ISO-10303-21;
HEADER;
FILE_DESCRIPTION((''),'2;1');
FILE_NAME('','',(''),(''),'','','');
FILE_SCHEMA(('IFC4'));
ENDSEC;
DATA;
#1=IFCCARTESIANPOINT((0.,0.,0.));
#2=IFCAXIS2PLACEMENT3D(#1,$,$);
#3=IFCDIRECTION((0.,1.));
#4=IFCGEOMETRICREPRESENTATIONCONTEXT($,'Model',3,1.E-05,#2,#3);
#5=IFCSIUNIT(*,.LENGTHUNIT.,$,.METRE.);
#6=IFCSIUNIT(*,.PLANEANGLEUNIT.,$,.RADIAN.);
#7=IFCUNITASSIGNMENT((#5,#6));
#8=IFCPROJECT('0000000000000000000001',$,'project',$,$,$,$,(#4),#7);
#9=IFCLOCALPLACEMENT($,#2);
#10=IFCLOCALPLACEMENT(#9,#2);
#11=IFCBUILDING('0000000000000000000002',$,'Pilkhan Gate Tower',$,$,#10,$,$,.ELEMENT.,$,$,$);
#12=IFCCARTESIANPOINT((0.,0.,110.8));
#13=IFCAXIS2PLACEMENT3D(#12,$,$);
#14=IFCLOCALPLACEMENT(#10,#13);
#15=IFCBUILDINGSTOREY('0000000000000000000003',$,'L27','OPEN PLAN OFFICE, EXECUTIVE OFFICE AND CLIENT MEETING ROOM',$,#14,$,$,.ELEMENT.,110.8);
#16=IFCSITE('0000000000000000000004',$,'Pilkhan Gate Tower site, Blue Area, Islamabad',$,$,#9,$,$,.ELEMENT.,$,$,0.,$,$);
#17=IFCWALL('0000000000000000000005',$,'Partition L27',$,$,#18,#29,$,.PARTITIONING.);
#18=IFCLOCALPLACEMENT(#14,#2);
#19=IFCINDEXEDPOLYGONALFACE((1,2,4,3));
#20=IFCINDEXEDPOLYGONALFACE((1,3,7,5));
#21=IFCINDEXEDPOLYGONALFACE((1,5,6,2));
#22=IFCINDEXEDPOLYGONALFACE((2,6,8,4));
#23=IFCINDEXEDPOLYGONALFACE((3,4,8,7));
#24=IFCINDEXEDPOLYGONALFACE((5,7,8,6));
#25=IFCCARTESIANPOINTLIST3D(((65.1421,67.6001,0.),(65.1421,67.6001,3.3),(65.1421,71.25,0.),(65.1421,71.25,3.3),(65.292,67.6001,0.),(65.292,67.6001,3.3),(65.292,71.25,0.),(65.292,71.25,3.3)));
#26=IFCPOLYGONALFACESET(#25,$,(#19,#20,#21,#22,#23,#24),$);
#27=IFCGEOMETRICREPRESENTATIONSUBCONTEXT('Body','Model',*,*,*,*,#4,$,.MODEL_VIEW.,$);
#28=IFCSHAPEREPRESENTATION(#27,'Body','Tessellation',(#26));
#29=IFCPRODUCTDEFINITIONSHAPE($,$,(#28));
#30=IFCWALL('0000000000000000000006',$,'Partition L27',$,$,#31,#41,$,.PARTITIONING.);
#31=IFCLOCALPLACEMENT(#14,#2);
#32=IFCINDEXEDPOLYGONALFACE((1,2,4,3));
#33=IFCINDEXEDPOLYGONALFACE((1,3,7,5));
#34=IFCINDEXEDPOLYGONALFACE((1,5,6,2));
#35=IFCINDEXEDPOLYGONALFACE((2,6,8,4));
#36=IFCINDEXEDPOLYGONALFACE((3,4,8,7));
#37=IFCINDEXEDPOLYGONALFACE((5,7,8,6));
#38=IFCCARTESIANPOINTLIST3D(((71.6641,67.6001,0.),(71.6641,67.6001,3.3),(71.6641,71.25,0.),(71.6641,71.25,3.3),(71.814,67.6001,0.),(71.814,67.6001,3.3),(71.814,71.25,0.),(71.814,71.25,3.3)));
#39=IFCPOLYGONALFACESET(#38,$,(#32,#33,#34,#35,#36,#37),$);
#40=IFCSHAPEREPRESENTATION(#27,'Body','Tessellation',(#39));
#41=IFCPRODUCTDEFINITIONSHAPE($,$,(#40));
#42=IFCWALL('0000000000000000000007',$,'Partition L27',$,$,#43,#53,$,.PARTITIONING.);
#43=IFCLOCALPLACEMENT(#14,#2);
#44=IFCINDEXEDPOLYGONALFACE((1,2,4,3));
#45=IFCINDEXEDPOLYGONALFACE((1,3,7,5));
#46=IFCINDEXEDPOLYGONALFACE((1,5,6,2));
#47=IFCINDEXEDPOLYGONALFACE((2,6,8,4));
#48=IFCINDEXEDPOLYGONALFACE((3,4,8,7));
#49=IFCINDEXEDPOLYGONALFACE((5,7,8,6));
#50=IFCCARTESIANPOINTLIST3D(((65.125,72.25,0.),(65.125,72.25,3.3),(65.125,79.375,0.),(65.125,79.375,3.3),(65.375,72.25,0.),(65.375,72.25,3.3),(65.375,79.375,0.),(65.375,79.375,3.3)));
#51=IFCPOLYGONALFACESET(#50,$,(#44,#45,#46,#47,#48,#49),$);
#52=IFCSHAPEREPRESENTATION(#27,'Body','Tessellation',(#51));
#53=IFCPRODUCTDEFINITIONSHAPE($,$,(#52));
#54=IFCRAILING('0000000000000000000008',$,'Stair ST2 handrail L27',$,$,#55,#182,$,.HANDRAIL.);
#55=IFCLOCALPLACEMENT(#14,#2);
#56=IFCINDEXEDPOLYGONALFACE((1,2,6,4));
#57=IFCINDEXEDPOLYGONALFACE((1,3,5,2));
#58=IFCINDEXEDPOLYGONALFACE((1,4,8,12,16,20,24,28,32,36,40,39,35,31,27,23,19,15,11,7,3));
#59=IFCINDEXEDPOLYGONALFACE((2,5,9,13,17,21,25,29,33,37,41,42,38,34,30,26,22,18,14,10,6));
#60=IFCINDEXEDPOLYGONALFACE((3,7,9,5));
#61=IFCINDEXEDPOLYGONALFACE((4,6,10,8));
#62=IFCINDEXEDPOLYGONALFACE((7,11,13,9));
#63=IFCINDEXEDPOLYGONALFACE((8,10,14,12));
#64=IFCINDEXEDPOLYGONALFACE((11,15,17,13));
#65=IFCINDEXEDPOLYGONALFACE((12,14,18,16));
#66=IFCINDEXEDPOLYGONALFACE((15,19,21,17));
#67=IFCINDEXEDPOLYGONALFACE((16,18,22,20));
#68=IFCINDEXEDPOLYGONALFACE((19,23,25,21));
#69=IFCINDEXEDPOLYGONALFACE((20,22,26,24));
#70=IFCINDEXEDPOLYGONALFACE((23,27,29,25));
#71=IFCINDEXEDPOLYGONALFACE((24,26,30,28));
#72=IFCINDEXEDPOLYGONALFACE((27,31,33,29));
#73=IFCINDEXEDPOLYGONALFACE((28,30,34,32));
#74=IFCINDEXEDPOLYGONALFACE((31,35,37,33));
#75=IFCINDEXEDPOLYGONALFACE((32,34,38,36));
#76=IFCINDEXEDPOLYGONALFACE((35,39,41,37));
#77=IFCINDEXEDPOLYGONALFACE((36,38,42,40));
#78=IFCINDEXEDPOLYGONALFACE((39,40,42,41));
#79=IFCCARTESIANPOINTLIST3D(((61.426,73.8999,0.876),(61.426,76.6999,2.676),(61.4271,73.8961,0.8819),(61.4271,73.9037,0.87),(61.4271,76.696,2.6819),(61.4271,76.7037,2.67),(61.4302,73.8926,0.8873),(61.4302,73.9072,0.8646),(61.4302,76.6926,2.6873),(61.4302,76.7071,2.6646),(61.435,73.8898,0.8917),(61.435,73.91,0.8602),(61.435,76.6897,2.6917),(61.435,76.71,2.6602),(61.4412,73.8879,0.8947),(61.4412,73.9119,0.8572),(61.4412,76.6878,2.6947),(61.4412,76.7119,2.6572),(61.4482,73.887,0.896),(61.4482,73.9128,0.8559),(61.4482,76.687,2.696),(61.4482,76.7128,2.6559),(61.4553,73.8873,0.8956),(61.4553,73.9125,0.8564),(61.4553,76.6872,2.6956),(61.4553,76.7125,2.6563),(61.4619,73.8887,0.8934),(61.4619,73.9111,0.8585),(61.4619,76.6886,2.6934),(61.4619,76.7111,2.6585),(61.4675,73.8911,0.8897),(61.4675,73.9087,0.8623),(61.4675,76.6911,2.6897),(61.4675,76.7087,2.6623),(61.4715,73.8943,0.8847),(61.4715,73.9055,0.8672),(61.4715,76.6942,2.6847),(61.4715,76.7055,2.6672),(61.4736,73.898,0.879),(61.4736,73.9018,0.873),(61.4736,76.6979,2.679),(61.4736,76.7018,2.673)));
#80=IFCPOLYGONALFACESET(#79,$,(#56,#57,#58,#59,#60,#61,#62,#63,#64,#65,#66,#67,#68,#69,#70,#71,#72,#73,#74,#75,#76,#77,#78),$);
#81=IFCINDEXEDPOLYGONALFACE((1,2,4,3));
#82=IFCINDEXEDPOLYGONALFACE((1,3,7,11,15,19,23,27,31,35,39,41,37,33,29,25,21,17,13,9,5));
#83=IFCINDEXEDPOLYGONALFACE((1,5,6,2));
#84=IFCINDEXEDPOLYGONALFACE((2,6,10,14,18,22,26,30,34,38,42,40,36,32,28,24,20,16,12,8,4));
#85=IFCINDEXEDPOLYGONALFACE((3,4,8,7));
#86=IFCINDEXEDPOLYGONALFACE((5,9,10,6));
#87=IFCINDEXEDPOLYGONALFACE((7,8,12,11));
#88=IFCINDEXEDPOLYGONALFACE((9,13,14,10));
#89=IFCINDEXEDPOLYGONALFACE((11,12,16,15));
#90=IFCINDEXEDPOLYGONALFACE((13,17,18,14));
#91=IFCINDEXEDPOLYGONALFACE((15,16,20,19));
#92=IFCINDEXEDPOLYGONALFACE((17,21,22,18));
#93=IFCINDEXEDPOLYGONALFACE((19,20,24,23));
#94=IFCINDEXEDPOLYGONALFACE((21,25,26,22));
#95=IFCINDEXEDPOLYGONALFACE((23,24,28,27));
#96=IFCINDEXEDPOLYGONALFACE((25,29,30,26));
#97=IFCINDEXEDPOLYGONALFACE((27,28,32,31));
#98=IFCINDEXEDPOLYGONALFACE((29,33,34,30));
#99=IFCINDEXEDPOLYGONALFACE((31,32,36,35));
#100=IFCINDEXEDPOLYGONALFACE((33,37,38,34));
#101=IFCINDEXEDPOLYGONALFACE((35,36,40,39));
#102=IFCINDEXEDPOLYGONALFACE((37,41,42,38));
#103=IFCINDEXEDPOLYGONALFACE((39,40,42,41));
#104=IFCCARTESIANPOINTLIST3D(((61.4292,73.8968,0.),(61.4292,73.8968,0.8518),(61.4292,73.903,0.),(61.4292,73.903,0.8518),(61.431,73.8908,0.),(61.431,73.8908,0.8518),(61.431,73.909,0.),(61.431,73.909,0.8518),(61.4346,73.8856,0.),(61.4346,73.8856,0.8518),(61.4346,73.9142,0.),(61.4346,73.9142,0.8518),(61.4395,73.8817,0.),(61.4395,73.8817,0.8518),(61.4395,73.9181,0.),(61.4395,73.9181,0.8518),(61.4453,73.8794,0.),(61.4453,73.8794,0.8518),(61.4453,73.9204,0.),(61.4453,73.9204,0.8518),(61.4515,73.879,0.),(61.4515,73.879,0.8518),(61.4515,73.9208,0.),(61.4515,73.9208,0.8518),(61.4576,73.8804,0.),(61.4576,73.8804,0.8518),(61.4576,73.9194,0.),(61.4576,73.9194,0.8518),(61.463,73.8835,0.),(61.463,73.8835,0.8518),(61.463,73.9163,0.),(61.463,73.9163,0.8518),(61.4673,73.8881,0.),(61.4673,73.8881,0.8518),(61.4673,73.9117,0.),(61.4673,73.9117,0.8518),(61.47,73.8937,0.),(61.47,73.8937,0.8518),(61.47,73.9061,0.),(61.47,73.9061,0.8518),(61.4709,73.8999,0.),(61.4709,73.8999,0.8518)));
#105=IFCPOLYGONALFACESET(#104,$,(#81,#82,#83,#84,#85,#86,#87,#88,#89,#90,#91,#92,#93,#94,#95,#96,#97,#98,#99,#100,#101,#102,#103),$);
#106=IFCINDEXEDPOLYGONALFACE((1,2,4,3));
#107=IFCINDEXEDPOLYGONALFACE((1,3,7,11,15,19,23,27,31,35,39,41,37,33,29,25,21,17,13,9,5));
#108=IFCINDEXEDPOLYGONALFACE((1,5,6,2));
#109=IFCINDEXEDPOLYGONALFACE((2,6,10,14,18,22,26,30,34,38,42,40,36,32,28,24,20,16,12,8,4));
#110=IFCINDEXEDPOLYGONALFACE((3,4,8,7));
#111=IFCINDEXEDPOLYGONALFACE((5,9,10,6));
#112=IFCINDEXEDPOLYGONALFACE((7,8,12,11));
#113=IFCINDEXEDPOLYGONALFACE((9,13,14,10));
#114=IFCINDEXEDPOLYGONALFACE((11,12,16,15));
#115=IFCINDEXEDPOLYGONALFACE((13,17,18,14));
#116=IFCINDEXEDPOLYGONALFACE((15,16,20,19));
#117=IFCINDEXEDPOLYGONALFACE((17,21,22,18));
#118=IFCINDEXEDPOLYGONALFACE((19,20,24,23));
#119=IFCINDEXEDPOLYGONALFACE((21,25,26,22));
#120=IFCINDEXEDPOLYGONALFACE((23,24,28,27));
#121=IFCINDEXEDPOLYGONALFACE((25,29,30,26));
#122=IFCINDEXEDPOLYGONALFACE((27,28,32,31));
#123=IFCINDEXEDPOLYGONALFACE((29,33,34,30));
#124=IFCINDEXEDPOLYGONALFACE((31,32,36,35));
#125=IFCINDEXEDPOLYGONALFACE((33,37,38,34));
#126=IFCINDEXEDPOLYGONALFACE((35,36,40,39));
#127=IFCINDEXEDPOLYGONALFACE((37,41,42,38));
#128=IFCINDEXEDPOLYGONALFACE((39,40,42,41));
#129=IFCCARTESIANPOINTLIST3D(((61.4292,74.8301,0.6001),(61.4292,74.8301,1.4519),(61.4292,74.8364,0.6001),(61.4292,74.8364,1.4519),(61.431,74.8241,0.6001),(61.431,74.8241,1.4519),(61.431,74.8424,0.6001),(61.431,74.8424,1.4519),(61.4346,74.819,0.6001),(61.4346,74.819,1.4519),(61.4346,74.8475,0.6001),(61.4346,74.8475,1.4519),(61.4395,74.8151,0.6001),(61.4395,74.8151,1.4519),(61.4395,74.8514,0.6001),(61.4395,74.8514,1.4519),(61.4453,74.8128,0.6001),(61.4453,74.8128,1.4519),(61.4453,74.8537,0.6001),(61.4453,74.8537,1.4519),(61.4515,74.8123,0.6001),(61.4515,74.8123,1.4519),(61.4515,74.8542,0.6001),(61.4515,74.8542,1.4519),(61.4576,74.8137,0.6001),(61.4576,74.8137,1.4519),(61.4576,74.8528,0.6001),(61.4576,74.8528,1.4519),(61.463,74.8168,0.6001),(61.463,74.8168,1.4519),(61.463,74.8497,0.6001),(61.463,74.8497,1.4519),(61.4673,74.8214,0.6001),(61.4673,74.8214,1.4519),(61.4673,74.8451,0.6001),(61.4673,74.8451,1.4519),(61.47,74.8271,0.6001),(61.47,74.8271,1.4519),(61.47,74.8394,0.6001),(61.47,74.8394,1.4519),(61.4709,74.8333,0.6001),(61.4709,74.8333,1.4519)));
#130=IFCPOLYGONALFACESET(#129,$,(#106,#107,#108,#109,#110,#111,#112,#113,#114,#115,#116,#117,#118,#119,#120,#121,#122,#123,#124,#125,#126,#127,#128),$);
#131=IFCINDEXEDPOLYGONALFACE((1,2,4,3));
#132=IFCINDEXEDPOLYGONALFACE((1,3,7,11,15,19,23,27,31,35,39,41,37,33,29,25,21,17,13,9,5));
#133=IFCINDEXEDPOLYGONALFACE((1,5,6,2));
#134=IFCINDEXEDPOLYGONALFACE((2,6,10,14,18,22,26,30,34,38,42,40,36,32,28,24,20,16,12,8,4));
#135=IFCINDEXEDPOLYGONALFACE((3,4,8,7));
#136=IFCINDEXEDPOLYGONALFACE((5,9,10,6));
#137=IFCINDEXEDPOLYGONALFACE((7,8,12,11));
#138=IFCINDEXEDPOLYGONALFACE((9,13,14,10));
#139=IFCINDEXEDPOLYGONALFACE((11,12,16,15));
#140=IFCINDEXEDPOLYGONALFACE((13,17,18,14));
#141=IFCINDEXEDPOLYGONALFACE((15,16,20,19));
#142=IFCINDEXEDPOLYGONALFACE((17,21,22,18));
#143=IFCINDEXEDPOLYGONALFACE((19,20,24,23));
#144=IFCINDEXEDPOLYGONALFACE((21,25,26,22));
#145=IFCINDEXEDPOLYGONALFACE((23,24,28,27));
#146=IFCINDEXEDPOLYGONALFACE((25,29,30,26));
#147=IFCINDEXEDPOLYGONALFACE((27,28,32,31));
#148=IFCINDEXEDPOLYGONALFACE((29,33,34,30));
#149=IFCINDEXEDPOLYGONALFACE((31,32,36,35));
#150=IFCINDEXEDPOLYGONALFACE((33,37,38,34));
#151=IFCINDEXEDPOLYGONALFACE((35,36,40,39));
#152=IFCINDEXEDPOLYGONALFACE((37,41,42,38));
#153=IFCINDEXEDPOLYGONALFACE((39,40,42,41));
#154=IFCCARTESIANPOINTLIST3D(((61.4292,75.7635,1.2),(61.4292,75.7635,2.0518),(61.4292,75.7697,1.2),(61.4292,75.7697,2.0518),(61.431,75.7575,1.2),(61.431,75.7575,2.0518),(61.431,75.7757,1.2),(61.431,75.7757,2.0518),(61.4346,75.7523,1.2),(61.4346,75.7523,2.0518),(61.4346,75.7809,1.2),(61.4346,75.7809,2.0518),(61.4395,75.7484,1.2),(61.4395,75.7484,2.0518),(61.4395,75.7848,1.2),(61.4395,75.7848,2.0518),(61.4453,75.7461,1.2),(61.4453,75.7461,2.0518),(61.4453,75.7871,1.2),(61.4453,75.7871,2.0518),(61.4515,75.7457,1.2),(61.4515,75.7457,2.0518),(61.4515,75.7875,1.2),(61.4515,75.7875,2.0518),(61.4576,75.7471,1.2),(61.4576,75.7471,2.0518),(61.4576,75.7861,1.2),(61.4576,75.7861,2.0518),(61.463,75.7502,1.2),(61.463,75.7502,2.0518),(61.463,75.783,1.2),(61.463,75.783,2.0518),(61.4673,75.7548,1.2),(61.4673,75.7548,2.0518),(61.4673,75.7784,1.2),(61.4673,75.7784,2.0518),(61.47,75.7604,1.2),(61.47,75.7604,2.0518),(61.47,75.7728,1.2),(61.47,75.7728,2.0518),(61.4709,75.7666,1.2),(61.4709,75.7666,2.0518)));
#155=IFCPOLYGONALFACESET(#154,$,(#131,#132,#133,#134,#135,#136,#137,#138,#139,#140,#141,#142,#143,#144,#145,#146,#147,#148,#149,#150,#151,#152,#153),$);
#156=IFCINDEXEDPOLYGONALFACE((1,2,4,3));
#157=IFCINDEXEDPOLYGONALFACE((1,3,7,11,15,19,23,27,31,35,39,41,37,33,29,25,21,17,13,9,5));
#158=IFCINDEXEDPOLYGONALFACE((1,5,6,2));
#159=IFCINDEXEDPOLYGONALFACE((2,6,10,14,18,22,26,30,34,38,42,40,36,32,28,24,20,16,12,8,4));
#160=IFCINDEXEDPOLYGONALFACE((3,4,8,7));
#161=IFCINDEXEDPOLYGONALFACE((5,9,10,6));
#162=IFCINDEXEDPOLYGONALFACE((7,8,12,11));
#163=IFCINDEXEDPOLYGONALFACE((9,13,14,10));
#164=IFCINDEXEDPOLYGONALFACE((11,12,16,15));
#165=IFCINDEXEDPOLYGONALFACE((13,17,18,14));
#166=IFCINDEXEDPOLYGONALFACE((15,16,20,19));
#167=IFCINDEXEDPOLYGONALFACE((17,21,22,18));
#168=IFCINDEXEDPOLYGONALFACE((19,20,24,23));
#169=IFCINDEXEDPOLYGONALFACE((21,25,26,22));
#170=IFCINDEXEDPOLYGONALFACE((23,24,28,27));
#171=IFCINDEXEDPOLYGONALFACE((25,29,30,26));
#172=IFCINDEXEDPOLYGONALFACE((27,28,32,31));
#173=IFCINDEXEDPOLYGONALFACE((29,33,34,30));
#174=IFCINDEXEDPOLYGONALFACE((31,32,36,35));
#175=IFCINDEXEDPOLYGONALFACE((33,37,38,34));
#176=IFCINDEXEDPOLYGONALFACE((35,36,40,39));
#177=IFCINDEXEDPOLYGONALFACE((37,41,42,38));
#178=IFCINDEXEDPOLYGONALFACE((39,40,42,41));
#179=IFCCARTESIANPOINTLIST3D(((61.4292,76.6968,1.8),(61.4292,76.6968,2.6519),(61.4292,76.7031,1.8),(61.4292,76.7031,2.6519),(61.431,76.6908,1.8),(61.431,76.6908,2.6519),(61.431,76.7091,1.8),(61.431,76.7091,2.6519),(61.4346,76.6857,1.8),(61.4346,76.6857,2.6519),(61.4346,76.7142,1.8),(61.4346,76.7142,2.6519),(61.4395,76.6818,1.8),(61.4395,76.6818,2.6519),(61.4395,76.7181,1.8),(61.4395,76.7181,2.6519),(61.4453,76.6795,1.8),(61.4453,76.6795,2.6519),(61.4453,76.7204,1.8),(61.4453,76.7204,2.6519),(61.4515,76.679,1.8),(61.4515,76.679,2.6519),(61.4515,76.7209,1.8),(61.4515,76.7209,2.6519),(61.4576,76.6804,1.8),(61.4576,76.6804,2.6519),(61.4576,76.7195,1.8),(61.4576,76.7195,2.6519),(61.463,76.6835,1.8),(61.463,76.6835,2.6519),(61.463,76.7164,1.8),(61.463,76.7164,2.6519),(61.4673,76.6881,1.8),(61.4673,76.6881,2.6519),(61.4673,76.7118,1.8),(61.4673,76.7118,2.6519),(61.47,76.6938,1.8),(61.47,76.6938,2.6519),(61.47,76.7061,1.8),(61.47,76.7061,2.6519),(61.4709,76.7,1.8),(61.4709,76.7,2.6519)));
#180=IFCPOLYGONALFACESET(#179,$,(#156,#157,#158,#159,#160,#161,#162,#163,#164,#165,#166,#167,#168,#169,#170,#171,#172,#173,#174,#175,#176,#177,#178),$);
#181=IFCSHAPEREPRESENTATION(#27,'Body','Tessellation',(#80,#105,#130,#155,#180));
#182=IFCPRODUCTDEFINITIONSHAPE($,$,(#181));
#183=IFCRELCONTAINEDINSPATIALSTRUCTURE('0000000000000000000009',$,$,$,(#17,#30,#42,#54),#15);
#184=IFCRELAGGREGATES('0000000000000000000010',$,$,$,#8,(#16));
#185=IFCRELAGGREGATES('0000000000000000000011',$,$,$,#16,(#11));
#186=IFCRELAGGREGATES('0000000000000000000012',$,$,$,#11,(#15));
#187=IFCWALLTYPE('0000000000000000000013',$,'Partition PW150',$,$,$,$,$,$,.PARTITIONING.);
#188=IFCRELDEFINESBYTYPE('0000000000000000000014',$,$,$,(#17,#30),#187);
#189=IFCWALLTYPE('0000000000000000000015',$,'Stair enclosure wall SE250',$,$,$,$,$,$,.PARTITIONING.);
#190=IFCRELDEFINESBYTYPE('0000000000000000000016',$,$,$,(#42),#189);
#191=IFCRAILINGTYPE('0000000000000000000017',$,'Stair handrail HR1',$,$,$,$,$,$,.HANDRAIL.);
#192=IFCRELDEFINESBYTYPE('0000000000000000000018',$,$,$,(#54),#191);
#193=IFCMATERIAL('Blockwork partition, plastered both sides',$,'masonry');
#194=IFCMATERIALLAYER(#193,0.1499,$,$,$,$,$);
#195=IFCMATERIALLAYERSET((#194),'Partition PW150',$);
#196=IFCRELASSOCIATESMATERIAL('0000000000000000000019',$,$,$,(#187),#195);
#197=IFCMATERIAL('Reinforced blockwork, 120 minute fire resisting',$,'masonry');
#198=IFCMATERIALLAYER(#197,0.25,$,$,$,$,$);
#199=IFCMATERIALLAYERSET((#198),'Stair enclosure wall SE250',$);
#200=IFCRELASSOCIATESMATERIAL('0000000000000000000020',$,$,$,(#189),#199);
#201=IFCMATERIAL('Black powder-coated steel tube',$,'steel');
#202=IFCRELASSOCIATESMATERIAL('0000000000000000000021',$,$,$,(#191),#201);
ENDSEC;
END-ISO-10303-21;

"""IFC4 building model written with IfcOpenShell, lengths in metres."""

from ifc_helpers import new_model, si_unit, direction, frame, frame_2d, origin, origin_2d, place, context, subcontext, project, spatial, rectangle, circle, extrude, material, layer, layer_set, type_object, element, save


model = new_model("IFC4")

# Units and contexts
model_context = context("Model", 3, precision=1e-05, world=origin(), true_north=direction((0.0, 1.0)))
body_context = subcontext(model_context, "Body", "Model", "MODEL_VIEW")
ifc_project = project(units=[si_unit("LENGTHUNIT", "METRE"), si_unit("PLANEANGLEUNIT", "RADIAN")], contexts=[model_context])

# Site, building, storey
site_placement = place(None, origin())
site = spatial("IfcSite", under=ifc_project, at=site_placement, Name="Pilkhan Gate Tower site, Blue Area, Islamabad", CompositionType="ELEMENT", RefElevation=0.0)
building_placement = place(site_placement, origin())
building = spatial("IfcBuilding", under=site, at=building_placement, Name="Pilkhan Gate Tower", CompositionType="ELEMENT")
storey_placement = place(building_placement, frame((0.0, 0.0, 110.8)))
storey = spatial("IfcBuildingStorey", under=building, at=storey_placement, Name="L27", Description="OPEN PLAN OFFICE, EXECUTIVE OFFICE AND CLIENT MEETING ROOM", CompositionType="ELEMENT", Elevation=110.8)

# Walls
ifc_material_1 = material(Name="Blockwork partition, plastered both sides", Category="masonry")
ifc_layer_1 = layer(ifc_material_1, 0.1499)
ifc_layer_set_1 = layer_set([ifc_layer_1], Name="Partition PW150")
wall_type_1 = type_object("IfcWallType", Name="Partition PW150", PredefinedType="PARTITIONING", material=ifc_layer_set_1)
for number, where, z_axis, x_axis, name in (
    (1, (65.217, 67.6001, 0.0), (0.0, 0.0, 1.0), (0.0, 1.0, 0.0), "Partition L27"),
    (2, (71.739, 67.6001, 0.0), (0.0, 0.0, 1.0), (0.0, 1.0, 0.0), "Partition L27"),
):
    element("IfcWall", number, at=place(storey_placement, frame(where, z_axis=z_axis, x_axis=x_axis)), inside=storey, type_object=wall_type_1, Name=name, PredefinedType="PARTITIONING", context=body_context, shape_type="SweptSolid", body=[
        extrude(rectangle(XDim=3.6499, YDim=0.1499, at=frame_2d((1.825, 0.0))), origin(), (0.0, 0.0, 1.0), 3.3),
    ])
ifc_material_2 = material(Name="Reinforced blockwork, 120 minute fire resisting", Category="masonry")
ifc_layer_2 = layer(ifc_material_2, 0.25)
ifc_layer_set_2 = layer_set([ifc_layer_2], Name="Stair enclosure wall SE250")
wall_type_2 = type_object("IfcWallType", Name="Stair enclosure wall SE250", PredefinedType="PARTITIONING", material=ifc_layer_set_2)
wall_1_placement = place(storey_placement, frame((65.25, 72.25, 0.0), z_axis=(0.0, 0.0, 1.0), x_axis=(0.0, 1.0, 0.0)))
element("IfcWall", 3, at=wall_1_placement, inside=storey, type_object=wall_type_2, Name="Partition L27", PredefinedType="PARTITIONING", context=body_context, shape_type="SweptSolid", body=[
    extrude(rectangle(XDim=7.125, YDim=0.25, at=frame_2d((3.5625, 0.0))), origin(), (0.0, 0.0, 1.0), 3.3),
])

# Railing
ifc_material_3 = material(Name="Black powder-coated steel tube", Category="steel")
railing_type = type_object("IfcRailingType", Name="Stair handrail HR1", PredefinedType="HANDRAIL", material=ifc_material_3)
railing_placement = place(storey_placement, frame((61.45, 73.8999, 0.0)))
element("IfcRailing", 4, at=railing_placement, inside=storey, type_object=railing_type, Name="Stair ST2 handrail L27", PredefinedType="HANDRAIL", context=body_context, shape_type="SweptSolid", body=[
    extrude(circle(Radius=0.0239, at=origin_2d()), frame((0.0, 0.0, 0.876), z_axis=(0.0, 0.841176, 0.540761), x_axis=(-1.0, 0.0, 0.0)), (0.0, 0.0, 1.0), 3.3286),
    extrude(circle(Radius=0.021, at=origin_2d()), origin(), (0.0, 0.0, 1.0), 0.8518),
    extrude(circle(Radius=0.021, at=origin_2d()), frame((0.0, 0.9333, 0.6001)), (0.0, 0.0, 1.0), 0.8518),
    extrude(circle(Radius=0.021, at=origin_2d()), frame((0.0, 1.8667, 1.2)), (0.0, 0.0, 1.0), 0.8518),
    extrude(circle(Radius=0.021, at=origin_2d()), frame((0.0, 2.8, 1.8)), (0.0, 0.0, 1.0), 0.8518),
])

save(model, "model.ifc")
